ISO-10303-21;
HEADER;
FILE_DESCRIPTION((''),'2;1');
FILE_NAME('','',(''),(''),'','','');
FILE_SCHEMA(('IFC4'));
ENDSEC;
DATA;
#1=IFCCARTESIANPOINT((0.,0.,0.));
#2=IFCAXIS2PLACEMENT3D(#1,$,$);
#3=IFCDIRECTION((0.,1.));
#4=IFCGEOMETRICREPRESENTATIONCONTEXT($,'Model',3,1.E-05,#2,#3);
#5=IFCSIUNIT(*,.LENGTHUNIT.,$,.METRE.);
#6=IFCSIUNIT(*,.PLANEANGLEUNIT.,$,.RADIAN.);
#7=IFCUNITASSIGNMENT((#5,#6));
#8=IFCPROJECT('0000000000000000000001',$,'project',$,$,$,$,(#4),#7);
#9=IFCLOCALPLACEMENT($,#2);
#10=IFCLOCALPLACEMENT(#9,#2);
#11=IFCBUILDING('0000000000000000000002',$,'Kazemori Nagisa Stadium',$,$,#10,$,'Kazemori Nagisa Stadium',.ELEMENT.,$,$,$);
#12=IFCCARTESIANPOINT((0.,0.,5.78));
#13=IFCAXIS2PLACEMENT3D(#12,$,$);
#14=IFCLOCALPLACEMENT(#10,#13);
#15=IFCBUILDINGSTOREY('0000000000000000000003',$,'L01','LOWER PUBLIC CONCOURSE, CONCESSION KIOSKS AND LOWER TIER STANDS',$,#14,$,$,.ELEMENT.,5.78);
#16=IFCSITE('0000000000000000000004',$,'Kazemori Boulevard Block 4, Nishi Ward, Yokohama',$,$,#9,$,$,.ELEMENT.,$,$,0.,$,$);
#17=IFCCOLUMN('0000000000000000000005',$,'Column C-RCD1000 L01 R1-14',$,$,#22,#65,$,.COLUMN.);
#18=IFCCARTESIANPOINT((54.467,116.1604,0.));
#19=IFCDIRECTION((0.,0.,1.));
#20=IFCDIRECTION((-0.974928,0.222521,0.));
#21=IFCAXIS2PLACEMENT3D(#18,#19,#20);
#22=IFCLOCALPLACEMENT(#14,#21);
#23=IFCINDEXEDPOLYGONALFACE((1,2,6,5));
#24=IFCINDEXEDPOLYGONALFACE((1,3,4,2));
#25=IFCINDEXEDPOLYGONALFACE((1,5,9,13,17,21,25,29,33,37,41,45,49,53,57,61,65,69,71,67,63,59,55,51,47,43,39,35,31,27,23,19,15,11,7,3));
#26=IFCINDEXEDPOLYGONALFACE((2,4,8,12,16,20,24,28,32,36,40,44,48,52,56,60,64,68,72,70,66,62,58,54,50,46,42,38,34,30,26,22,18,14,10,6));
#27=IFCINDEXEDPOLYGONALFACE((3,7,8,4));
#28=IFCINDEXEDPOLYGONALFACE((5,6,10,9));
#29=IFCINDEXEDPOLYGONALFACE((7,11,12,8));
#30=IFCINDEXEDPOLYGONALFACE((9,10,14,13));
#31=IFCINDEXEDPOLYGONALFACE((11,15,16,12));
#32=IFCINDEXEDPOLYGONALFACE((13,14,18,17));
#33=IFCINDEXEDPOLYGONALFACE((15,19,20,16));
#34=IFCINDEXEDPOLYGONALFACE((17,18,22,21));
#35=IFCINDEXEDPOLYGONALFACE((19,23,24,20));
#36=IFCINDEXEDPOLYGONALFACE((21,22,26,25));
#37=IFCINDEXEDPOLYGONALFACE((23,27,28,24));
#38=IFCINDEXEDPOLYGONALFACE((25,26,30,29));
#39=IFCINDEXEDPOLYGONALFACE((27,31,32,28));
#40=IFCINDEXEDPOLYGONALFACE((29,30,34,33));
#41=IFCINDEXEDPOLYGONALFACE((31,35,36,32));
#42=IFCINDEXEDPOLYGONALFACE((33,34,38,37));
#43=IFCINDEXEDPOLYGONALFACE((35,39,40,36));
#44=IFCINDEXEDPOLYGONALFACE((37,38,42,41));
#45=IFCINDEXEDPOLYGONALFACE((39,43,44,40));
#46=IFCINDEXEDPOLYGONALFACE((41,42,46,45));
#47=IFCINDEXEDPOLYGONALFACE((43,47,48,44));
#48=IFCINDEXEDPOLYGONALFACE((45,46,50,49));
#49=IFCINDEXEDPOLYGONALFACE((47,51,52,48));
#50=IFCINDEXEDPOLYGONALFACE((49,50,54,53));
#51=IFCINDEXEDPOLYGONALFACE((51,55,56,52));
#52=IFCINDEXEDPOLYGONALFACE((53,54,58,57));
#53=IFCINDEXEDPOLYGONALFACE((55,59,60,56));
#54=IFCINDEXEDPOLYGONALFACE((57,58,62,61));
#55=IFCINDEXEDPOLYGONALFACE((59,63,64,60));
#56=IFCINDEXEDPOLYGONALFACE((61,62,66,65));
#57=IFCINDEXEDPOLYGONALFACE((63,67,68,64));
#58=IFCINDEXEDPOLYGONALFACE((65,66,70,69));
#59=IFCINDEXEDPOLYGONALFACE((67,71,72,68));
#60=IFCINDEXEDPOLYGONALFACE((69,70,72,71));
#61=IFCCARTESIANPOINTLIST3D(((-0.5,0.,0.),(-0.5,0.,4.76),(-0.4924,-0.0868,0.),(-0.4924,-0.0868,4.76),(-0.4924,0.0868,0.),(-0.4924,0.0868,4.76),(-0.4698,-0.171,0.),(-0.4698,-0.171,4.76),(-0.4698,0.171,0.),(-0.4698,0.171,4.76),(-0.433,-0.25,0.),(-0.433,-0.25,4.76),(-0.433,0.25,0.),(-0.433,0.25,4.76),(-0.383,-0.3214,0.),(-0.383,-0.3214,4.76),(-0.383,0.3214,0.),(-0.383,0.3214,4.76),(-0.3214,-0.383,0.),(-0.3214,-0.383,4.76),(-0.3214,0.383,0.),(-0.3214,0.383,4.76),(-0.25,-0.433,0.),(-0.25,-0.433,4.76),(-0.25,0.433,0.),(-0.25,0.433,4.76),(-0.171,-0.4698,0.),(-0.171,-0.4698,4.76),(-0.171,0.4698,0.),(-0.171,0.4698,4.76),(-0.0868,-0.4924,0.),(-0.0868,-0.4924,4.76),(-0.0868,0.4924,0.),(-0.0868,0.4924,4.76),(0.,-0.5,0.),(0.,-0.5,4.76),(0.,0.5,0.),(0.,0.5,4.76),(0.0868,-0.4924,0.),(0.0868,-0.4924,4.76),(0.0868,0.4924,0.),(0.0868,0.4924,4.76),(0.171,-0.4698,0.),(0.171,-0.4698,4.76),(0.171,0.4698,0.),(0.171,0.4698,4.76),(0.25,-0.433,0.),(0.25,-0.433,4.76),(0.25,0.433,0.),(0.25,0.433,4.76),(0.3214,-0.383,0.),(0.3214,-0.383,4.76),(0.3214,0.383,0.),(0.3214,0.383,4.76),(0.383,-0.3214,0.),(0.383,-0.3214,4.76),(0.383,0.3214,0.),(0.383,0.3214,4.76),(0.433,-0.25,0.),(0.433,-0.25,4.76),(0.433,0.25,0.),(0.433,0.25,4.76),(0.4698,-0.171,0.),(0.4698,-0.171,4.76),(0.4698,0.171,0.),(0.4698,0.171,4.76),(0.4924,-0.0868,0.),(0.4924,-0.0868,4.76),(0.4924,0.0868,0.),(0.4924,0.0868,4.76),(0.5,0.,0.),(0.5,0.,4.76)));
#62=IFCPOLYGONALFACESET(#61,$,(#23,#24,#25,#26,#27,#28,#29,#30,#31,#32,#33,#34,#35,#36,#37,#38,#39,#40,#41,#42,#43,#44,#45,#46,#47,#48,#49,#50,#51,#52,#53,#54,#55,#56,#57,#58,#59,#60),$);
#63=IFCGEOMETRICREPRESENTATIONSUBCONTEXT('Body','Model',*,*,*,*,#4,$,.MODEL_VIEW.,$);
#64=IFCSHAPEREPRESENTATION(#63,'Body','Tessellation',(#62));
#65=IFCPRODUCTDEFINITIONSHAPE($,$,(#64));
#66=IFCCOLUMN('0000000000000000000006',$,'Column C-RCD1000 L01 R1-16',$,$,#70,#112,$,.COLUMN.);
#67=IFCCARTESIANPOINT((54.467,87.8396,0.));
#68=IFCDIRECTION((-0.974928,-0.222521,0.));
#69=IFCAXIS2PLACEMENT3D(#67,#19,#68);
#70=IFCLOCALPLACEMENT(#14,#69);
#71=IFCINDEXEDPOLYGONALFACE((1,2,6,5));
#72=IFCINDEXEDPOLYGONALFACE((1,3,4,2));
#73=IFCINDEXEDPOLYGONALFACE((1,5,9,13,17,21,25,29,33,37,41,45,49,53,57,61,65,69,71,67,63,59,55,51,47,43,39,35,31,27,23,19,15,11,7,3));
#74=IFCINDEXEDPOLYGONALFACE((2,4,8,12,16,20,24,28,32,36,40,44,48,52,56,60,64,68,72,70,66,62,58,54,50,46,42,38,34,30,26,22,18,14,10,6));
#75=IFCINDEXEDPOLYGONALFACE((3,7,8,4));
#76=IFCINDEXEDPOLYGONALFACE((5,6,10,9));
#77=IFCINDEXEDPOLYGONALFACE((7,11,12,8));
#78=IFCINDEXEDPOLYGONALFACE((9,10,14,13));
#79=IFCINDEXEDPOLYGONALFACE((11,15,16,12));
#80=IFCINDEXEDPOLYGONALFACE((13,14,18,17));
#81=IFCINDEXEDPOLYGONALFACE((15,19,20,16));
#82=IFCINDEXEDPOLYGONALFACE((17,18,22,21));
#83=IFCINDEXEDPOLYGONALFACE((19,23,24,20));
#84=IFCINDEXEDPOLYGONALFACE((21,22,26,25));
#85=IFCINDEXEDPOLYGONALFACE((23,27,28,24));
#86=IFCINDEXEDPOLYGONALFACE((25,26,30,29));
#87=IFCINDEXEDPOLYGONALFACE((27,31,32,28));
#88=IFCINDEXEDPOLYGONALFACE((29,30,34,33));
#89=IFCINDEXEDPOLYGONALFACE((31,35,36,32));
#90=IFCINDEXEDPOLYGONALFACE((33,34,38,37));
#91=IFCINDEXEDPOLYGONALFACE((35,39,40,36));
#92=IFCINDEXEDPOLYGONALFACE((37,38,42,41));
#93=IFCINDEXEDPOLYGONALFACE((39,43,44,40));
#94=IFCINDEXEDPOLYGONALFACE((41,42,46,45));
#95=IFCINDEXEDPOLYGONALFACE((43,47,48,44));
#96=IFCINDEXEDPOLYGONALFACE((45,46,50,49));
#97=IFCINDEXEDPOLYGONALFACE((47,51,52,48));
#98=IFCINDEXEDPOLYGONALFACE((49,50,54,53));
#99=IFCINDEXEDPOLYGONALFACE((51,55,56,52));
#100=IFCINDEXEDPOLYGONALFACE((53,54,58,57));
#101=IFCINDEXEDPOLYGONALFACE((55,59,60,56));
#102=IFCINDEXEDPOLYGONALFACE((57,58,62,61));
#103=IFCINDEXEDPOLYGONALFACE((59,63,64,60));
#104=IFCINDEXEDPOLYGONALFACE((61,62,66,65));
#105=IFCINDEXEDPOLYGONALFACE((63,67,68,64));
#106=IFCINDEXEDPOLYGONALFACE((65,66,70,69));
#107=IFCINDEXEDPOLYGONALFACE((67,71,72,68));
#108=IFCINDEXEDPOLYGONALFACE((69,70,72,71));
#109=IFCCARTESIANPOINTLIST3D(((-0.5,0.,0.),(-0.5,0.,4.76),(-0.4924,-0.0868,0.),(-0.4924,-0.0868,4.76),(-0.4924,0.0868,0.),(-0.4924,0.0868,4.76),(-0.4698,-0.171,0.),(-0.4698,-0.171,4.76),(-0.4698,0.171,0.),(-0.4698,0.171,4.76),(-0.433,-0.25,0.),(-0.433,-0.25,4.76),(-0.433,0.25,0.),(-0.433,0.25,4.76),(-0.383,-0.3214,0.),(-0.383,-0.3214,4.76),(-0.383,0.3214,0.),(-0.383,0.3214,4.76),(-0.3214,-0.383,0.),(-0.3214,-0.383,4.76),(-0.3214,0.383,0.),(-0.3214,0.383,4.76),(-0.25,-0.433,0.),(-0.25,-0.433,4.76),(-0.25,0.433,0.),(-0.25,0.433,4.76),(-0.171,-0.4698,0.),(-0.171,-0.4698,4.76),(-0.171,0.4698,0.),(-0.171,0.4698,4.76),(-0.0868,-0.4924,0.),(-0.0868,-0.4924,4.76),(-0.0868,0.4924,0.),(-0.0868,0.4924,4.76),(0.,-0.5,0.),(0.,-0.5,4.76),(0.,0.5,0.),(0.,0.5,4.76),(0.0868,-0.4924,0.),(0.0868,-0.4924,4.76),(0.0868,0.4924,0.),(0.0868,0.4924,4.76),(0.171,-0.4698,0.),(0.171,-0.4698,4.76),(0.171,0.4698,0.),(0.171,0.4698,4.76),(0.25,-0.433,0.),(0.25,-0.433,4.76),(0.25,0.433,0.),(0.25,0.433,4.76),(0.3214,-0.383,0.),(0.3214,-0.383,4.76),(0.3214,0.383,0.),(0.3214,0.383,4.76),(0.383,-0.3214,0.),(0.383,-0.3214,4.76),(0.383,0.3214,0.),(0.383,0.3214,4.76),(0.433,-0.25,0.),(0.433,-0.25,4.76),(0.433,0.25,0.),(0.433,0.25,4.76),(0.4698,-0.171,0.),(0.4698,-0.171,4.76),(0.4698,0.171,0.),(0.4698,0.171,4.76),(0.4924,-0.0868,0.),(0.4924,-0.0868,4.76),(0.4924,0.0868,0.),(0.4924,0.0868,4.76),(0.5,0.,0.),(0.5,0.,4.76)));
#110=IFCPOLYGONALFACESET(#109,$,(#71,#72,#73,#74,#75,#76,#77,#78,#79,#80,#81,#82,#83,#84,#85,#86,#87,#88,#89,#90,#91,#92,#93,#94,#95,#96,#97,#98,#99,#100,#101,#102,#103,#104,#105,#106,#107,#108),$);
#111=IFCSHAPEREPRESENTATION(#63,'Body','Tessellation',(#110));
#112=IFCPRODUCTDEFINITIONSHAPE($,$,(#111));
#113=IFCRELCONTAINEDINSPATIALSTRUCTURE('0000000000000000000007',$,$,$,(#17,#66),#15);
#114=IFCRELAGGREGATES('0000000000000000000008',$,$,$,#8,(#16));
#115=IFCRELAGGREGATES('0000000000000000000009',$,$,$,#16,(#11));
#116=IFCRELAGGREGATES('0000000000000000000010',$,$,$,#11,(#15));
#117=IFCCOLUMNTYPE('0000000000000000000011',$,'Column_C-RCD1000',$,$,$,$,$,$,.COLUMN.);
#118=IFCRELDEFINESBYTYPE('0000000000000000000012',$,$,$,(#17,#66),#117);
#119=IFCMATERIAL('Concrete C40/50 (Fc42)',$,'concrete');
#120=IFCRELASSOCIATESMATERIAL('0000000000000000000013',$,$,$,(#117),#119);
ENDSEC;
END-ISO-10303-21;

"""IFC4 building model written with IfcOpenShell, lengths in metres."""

from ifc_helpers import new_model, si_unit, direction, frame, origin, origin_2d, place, context, subcontext, project, spatial, circle, extrude, material, material_profile, profile_set, type_object, element, save


model = new_model("IFC4")

# Units and contexts
model_context = context("Model", 3, precision=1e-05, world=origin(), true_north=direction((0.0, 1.0)))
body_context = subcontext(model_context, "Body", "Model", "MODEL_VIEW")
ifc_project = project(units=[si_unit("LENGTHUNIT", "METRE"), si_unit("PLANEANGLEUNIT", "RADIAN")], contexts=[model_context])

# Site, building, storey
site_placement = place(None, origin())
site = spatial("IfcSite", under=ifc_project, at=site_placement, Name="Kazemori Boulevard Block 4, Nishi Ward, Yokohama", CompositionType="ELEMENT", RefElevation=0.0)
building_placement = place(site_placement, origin())
building = spatial("IfcBuilding", under=site, at=building_placement, Name="Kazemori Nagisa Stadium", LongName="Kazemori Nagisa Stadium", CompositionType="ELEMENT")
storey_placement = place(building_placement, frame((0.0, 0.0, 5.78)))
storey = spatial("IfcBuildingStorey", under=building, at=storey_placement, Name="L01", Description="LOWER PUBLIC CONCOURSE, CONCESSION KIOSKS AND LOWER TIER STANDS", CompositionType="ELEMENT", Elevation=5.78)

# Columns
ifc_material_1 = material(Name="Concrete C40/50 (Fc42)", Category="concrete")
ifc_material_profile_1 = material_profile(ifc_material_1, circle(Radius=0.5, at=origin_2d()), Name="RC-COL-D1000")
ifc_profile_set_1 = profile_set([ifc_material_profile_1], Name="Concrete C40/50 (Fc42)")
column_type_1 = type_object("IfcColumnType", Name="Column_C-RCD1000", PredefinedType="COLUMN", material=ifc_profile_set_1)
for number, where, z_axis, x_axis, name in (
    (1, (54.467, 116.1604, 0.0), (0.0, 0.0, 1.0), (-0.974928, 0.222521, 0.0), "Column C-RCD1000 L01 R1-14"),
    (2, (54.467, 87.8396, 0.0), (0.0, 0.0, 1.0), (-0.974928, -0.222521, 0.0), "Column C-RCD1000 L01 R1-16"),
):
    element("IfcColumn", number, at=place(storey_placement, frame(where, z_axis=z_axis, x_axis=x_axis)), inside=storey, type_object=column_type_1, Name=name, PredefinedType="COLUMN", context=body_context, shape_type="SweptSolid", body=[
        extrude(circle(Radius=0.5, at=origin_2d()), origin(), (0.0, 0.0, 1.0), 4.76),
    ])

save(model, "model.ifc")
